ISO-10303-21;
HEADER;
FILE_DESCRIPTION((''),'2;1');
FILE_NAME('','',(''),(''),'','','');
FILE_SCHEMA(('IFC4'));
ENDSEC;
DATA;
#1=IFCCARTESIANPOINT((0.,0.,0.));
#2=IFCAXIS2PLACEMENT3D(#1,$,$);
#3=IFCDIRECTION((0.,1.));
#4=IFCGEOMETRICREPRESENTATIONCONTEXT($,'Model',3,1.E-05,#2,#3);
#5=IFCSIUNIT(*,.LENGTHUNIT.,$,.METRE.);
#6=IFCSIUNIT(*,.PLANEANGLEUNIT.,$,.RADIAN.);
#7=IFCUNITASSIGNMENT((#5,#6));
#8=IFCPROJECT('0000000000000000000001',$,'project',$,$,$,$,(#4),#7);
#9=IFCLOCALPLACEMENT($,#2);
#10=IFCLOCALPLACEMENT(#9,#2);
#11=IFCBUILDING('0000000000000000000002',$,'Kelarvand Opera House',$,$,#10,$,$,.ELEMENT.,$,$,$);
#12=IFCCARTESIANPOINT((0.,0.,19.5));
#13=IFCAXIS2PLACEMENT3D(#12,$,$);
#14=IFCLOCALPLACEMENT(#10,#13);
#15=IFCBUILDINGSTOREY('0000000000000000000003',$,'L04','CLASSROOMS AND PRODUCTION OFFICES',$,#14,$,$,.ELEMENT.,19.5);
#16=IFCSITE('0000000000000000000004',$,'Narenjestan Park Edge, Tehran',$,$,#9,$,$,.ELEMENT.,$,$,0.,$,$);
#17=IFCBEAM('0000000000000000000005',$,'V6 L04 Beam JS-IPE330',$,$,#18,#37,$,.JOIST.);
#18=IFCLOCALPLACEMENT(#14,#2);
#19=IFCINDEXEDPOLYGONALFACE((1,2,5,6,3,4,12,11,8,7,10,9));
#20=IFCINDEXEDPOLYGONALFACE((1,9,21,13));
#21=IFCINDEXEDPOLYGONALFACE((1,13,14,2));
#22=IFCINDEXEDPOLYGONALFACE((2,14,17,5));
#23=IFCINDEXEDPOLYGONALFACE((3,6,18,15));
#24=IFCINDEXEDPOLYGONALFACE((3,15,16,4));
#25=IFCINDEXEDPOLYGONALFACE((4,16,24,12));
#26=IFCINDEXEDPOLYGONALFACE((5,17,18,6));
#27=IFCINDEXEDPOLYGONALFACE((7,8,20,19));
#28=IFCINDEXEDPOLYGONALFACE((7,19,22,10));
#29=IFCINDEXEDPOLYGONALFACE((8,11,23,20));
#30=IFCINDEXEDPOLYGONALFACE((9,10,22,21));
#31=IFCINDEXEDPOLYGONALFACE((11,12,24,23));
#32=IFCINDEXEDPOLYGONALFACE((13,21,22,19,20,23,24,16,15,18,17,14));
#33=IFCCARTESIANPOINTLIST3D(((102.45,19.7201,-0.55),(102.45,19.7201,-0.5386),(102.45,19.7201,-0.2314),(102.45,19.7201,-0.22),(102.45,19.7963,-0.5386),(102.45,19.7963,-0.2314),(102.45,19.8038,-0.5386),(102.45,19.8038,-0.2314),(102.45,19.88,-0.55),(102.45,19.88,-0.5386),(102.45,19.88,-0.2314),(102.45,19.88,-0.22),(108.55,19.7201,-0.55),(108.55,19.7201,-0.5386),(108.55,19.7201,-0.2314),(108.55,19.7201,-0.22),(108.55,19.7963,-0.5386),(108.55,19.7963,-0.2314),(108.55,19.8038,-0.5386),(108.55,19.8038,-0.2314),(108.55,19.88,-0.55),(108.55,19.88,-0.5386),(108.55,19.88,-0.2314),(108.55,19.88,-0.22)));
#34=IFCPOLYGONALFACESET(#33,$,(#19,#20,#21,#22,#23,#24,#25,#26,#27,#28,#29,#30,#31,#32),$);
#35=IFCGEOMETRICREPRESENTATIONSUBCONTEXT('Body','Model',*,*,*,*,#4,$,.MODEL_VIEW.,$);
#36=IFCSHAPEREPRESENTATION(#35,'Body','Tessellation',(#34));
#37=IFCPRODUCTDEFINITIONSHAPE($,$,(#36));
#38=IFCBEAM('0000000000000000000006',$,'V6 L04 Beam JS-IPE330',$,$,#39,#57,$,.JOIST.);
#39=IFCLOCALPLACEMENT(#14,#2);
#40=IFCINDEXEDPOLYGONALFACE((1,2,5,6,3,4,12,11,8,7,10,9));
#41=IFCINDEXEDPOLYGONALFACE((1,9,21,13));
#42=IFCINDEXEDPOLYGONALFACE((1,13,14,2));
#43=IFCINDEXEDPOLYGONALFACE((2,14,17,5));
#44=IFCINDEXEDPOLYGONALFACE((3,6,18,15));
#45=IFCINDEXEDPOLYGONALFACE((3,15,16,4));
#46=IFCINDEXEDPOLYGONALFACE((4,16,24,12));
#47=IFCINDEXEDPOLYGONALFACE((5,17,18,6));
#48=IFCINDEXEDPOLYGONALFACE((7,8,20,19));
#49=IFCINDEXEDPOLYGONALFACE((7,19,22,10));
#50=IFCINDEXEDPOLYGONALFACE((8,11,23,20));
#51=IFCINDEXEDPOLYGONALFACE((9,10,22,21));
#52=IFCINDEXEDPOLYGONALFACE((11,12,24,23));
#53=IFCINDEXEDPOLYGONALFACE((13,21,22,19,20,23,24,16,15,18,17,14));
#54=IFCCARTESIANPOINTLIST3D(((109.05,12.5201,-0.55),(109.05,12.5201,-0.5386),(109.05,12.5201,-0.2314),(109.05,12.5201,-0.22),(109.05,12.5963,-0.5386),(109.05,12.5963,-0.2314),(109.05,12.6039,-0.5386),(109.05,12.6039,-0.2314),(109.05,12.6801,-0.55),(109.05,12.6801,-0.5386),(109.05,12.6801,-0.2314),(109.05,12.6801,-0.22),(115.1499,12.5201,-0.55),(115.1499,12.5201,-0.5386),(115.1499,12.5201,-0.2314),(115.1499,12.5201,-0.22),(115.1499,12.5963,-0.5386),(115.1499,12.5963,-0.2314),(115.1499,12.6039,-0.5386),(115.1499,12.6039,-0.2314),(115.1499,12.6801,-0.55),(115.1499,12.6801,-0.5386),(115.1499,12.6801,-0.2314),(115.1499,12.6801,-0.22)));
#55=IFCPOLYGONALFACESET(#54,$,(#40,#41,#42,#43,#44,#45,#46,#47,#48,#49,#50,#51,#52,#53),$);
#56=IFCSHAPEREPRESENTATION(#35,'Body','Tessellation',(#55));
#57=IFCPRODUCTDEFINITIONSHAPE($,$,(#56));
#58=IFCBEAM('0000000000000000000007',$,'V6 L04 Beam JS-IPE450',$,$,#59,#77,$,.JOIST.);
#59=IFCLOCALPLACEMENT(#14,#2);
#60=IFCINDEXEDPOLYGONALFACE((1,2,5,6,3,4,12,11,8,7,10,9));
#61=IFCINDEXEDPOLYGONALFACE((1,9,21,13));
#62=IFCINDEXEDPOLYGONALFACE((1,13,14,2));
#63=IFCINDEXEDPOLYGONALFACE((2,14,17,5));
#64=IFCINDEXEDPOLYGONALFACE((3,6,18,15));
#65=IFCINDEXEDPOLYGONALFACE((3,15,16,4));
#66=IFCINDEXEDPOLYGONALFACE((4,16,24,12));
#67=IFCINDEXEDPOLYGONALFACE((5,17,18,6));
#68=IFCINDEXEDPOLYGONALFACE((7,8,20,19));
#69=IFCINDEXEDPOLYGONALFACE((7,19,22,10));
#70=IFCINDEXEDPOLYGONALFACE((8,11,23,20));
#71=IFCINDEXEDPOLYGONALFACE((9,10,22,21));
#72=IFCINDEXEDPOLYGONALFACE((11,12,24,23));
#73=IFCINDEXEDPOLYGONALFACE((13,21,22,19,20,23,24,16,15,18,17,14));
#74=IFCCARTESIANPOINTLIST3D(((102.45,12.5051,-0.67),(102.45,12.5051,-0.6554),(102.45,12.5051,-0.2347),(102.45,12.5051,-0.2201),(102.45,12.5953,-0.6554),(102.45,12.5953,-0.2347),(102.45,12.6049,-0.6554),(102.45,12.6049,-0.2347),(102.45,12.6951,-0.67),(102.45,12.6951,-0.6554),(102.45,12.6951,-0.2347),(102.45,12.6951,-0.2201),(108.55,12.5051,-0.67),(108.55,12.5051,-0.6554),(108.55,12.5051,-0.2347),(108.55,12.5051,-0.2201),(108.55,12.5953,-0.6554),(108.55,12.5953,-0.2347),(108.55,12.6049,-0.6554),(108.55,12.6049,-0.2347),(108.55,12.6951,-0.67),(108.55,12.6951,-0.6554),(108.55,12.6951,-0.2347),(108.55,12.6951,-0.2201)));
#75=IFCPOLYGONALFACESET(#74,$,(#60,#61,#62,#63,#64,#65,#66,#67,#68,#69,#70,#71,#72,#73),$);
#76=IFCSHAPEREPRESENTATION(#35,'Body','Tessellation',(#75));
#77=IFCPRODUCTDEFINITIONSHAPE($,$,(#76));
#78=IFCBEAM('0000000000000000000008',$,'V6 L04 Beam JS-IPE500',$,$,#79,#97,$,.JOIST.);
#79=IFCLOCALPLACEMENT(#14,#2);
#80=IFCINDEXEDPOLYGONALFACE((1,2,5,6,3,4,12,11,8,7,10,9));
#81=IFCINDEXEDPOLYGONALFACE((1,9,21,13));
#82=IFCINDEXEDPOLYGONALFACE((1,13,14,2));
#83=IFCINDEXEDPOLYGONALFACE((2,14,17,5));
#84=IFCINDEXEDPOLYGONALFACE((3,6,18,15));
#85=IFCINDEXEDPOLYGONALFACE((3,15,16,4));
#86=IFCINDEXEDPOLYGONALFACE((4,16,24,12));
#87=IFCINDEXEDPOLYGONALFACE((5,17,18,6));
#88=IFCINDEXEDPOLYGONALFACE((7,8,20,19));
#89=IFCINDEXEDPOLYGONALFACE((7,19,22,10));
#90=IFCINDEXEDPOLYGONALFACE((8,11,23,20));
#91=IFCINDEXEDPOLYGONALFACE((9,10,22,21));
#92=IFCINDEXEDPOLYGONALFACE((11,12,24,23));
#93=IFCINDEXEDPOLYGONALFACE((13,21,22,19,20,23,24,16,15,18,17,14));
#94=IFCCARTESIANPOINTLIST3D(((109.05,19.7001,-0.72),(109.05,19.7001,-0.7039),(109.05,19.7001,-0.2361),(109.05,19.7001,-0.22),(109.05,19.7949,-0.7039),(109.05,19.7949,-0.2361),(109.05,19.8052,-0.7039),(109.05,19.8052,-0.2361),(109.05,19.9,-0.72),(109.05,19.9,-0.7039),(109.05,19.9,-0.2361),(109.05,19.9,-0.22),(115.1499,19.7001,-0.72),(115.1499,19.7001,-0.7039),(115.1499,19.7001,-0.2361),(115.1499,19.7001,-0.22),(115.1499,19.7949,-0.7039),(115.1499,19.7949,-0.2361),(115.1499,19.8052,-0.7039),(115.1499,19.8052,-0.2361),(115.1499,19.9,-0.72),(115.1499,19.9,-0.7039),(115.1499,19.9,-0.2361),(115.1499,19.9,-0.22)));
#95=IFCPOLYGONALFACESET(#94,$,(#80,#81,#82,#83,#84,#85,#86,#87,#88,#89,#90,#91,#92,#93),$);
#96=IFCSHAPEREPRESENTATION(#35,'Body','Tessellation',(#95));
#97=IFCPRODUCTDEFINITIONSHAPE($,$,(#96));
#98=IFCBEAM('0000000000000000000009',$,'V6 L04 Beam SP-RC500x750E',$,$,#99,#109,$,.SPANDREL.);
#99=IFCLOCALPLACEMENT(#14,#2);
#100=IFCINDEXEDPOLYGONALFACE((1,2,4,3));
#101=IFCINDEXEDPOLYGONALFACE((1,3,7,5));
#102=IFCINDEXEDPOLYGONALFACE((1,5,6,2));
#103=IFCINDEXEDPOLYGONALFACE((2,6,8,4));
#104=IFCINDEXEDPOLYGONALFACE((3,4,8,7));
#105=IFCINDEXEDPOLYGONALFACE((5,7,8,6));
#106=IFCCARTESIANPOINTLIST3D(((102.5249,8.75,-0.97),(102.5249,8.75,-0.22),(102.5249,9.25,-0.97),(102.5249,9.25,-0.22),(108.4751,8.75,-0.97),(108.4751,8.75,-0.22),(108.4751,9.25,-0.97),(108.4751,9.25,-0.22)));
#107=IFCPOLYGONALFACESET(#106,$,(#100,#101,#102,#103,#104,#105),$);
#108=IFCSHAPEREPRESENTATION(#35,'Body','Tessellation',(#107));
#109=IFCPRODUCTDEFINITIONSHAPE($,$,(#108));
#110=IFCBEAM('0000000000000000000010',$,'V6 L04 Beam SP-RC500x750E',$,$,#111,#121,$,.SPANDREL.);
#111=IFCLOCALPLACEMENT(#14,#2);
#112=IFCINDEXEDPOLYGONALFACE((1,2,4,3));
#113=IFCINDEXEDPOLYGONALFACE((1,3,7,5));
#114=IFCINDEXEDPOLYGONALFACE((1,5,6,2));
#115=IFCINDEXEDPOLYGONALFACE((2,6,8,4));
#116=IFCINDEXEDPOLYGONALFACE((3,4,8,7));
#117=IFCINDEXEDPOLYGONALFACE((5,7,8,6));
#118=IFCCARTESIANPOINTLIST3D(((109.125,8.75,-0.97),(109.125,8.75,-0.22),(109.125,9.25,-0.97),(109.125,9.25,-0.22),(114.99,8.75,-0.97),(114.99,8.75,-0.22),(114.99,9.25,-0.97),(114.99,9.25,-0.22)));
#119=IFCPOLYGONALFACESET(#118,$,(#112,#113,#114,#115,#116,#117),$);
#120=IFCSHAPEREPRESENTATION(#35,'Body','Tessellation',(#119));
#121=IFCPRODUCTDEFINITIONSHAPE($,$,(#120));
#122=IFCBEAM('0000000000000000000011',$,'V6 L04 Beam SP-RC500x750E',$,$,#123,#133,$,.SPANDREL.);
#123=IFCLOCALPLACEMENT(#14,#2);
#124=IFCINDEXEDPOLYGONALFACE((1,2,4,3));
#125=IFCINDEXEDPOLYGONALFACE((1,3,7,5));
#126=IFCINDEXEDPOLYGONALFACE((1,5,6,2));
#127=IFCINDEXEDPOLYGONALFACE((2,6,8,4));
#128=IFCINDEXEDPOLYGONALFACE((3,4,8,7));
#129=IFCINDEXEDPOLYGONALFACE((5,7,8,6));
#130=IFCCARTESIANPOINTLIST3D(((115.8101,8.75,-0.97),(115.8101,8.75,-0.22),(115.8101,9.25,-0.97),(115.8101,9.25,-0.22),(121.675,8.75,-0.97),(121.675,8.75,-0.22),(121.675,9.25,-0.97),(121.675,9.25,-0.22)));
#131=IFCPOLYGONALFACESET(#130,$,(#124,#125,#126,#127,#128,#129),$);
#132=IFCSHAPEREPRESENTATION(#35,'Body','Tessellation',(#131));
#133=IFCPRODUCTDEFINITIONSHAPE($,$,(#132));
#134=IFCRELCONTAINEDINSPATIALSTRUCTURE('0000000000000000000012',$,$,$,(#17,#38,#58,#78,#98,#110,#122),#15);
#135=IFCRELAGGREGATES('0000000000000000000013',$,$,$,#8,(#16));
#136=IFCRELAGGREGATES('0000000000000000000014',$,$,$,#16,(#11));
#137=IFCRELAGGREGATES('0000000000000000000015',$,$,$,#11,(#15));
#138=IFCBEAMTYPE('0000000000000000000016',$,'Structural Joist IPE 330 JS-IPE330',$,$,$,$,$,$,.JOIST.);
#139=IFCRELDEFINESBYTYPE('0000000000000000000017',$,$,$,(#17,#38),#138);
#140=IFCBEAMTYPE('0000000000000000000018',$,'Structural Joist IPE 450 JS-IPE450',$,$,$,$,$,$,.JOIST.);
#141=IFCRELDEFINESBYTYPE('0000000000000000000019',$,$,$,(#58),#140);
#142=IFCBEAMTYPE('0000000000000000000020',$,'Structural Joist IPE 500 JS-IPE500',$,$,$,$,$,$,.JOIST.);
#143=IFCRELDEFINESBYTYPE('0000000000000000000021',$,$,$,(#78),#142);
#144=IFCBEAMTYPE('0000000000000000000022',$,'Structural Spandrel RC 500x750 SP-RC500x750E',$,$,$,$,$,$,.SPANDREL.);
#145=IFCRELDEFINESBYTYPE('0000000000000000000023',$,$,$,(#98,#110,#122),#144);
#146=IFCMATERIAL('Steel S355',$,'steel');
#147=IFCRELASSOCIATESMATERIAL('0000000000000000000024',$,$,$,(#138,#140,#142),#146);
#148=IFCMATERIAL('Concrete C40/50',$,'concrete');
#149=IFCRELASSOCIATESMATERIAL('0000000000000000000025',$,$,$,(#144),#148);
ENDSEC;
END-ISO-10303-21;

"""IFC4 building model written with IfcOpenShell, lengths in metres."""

from ifc_helpers import new_model, si_unit, direction, frame, origin, origin_2d, place, context, subcontext, project, spatial, rectangle, i_section, extrude, material, material_profile, profile_set, type_object, element, save


model = new_model("IFC4")

# Units and contexts
model_context = context("Model", 3, precision=1e-05, world=origin(), true_north=direction((0.0, 1.0)))
body_context = subcontext(model_context, "Body", "Model", "MODEL_VIEW")
ifc_project = project(units=[si_unit("LENGTHUNIT", "METRE"), si_unit("PLANEANGLEUNIT", "RADIAN")], contexts=[model_context])

# Site, building, storey
site_placement = place(None, origin())
site = spatial("IfcSite", under=ifc_project, at=site_placement, Name="Narenjestan Park Edge, Tehran", CompositionType="ELEMENT", RefElevation=0.0)
building_placement = place(site_placement, origin())
building = spatial("IfcBuilding", under=site, at=building_placement, Name="Kelarvand Opera House", CompositionType="ELEMENT")
storey_placement = place(building_placement, frame((0.0, 0.0, 19.5)))
storey = spatial("IfcBuildingStorey", under=building, at=storey_placement, Name="L04", Description="CLASSROOMS AND PRODUCTION OFFICES", CompositionType="ELEMENT", Elevation=19.5)

# Beams
ifc_material_1 = material(Name="Concrete C40/50", Category="concrete")
ifc_material_2 = material(Name="Steel S355", Category="steel")
ifc_material_profile_1 = material_profile(ifc_material_2, i_section(OverallWidth=0.1599, OverallDepth=0.3301, WebThickness=0.0076, FlangeThickness=0.0115, at=origin_2d()), Name="IPE 330", Category="steel")
ifc_profile_set_1 = profile_set([ifc_material_profile_1], Name="Steel S355")
beam_type_1 = type_object("IfcBeamType", Name="Structural Joist IPE 330 JS-IPE330", PredefinedType="JOIST", material=ifc_profile_set_1)
beam_1_placement = place(storey_placement, frame((102.45, 19.8, -0.385), z_axis=(1.0, 0.0, 0.0), x_axis=(0.0, 1.0, 0.0)))
element("IfcBeam", 1, at=beam_1_placement, inside=storey, type_object=beam_type_1, Name="V6 L04 Beam JS-IPE330", PredefinedType="JOIST", context=body_context, shape_type="SweptSolid", body=[
    extrude(i_section(OverallWidth=0.1599, OverallDepth=0.3301, WebThickness=0.0076, FlangeThickness=0.0115, at=origin_2d()), origin(), (0.0, 0.0, 1.0), 6.1001),
])
beam_2_placement = place(storey_placement, frame((109.05, 12.6001, -0.385), z_axis=(1.0, 0.0, 0.0), x_axis=(0.0, 1.0, 0.0)))
element("IfcBeam", 2, at=beam_2_placement, inside=storey, type_object=beam_type_1, Name="V6 L04 Beam JS-IPE330", PredefinedType="JOIST", context=body_context, shape_type="SweptSolid", body=[
    extrude(i_section(OverallWidth=0.1599, OverallDepth=0.3301, WebThickness=0.0076, FlangeThickness=0.0115, at=origin_2d()), origin(), (0.0, 0.0, 1.0), 6.0999),
])
ifc_material_profile_2 = material_profile(ifc_material_2, i_section(OverallWidth=0.1899, OverallDepth=0.45, WebThickness=0.0095, FlangeThickness=0.0146, at=origin_2d()), Name="IPE 450", Category="steel")
ifc_profile_set_2 = profile_set([ifc_material_profile_2], Name="Steel S355")
beam_type_2 = type_object("IfcBeamType", Name="Structural Joist IPE 450 JS-IPE450", PredefinedType="JOIST", material=ifc_profile_set_2)
beam_3_placement = place(storey_placement, frame((102.45, 12.6001, -0.4451), z_axis=(1.0, 0.0, 0.0), x_axis=(0.0, 1.0, 0.0)))
element("IfcBeam", 3, at=beam_3_placement, inside=storey, type_object=beam_type_2, Name="V6 L04 Beam JS-IPE450", PredefinedType="JOIST", context=body_context, shape_type="SweptSolid", body=[
    extrude(i_section(OverallWidth=0.1899, OverallDepth=0.45, WebThickness=0.0095, FlangeThickness=0.0146, at=origin_2d()), origin(), (0.0, 0.0, 1.0), 6.1001),
])
ifc_material_profile_3 = material_profile(ifc_material_2, i_section(OverallWidth=0.2, OverallDepth=0.5, WebThickness=0.0103, FlangeThickness=0.0161, at=origin_2d()), Name="IPE 500", Category="steel")
ifc_profile_set_3 = profile_set([ifc_material_profile_3], Name="Steel S355")
beam_type_3 = type_object("IfcBeamType", Name="Structural Joist IPE 500 JS-IPE500", PredefinedType="JOIST", material=ifc_profile_set_3)
beam_4_placement = place(storey_placement, frame((109.05, 19.8, -0.47), z_axis=(1.0, 0.0, 0.0), x_axis=(0.0, 1.0, 0.0)))
element("IfcBeam", 4, at=beam_4_placement, inside=storey, type_object=beam_type_3, Name="V6 L04 Beam JS-IPE500", PredefinedType="JOIST", context=body_context, shape_type="SweptSolid", body=[
    extrude(i_section(OverallWidth=0.2, OverallDepth=0.5, WebThickness=0.0103, FlangeThickness=0.0161, at=origin_2d()), origin(), (0.0, 0.0, 1.0), 6.0999),
])
ifc_material_profile_4 = material_profile(ifc_material_1, rectangle(XDim=0.5, YDim=0.75, at=origin_2d()), Name="RC 500x750", Category="concrete")
ifc_profile_set_4 = profile_set([ifc_material_profile_4], Name="Concrete C40/50")
beam_type_4 = type_object("IfcBeamType", Name="Structural Spandrel RC 500x750 SP-RC500x750E", PredefinedType="SPANDREL", material=ifc_profile_set_4)
beam_5_placement = place(storey_placement, frame((102.5249, 9.0, -0.595), z_axis=(1.0, 0.0, 0.0), x_axis=(0.0, 1.0, 0.0)))
element("IfcBeam", 5, at=beam_5_placement, inside=storey, type_object=beam_type_4, Name="V6 L04 Beam SP-RC500x750E", PredefinedType="SPANDREL", context=body_context, shape_type="SweptSolid", body=[
    extrude(rectangle(XDim=0.5, YDim=0.75, at=origin_2d()), origin(), (0.0, 0.0, 1.0), 5.9502),
])
for number, where, z_axis, x_axis, name in (
    (6, (109.125, 9.0, -0.595), (1.0, 0.0, 0.0), (0.0, 1.0, 0.0), "V6 L04 Beam SP-RC500x750E"),
    (7, (115.8101, 9.0, -0.595), (1.0, 0.0, 0.0), (0.0, 1.0, 0.0), "V6 L04 Beam SP-RC500x750E"),
):
    element("IfcBeam", number, at=place(storey_placement, frame(where, z_axis=z_axis, x_axis=x_axis)), inside=storey, type_object=beam_type_4, Name=name, PredefinedType="SPANDREL", context=body_context, shape_type="SweptSolid", body=[
        extrude(rectangle(XDim=0.5, YDim=0.75, at=origin_2d()), origin(), (0.0, 0.0, 1.0), 5.865),
    ])

save(model, "model.ifc")
